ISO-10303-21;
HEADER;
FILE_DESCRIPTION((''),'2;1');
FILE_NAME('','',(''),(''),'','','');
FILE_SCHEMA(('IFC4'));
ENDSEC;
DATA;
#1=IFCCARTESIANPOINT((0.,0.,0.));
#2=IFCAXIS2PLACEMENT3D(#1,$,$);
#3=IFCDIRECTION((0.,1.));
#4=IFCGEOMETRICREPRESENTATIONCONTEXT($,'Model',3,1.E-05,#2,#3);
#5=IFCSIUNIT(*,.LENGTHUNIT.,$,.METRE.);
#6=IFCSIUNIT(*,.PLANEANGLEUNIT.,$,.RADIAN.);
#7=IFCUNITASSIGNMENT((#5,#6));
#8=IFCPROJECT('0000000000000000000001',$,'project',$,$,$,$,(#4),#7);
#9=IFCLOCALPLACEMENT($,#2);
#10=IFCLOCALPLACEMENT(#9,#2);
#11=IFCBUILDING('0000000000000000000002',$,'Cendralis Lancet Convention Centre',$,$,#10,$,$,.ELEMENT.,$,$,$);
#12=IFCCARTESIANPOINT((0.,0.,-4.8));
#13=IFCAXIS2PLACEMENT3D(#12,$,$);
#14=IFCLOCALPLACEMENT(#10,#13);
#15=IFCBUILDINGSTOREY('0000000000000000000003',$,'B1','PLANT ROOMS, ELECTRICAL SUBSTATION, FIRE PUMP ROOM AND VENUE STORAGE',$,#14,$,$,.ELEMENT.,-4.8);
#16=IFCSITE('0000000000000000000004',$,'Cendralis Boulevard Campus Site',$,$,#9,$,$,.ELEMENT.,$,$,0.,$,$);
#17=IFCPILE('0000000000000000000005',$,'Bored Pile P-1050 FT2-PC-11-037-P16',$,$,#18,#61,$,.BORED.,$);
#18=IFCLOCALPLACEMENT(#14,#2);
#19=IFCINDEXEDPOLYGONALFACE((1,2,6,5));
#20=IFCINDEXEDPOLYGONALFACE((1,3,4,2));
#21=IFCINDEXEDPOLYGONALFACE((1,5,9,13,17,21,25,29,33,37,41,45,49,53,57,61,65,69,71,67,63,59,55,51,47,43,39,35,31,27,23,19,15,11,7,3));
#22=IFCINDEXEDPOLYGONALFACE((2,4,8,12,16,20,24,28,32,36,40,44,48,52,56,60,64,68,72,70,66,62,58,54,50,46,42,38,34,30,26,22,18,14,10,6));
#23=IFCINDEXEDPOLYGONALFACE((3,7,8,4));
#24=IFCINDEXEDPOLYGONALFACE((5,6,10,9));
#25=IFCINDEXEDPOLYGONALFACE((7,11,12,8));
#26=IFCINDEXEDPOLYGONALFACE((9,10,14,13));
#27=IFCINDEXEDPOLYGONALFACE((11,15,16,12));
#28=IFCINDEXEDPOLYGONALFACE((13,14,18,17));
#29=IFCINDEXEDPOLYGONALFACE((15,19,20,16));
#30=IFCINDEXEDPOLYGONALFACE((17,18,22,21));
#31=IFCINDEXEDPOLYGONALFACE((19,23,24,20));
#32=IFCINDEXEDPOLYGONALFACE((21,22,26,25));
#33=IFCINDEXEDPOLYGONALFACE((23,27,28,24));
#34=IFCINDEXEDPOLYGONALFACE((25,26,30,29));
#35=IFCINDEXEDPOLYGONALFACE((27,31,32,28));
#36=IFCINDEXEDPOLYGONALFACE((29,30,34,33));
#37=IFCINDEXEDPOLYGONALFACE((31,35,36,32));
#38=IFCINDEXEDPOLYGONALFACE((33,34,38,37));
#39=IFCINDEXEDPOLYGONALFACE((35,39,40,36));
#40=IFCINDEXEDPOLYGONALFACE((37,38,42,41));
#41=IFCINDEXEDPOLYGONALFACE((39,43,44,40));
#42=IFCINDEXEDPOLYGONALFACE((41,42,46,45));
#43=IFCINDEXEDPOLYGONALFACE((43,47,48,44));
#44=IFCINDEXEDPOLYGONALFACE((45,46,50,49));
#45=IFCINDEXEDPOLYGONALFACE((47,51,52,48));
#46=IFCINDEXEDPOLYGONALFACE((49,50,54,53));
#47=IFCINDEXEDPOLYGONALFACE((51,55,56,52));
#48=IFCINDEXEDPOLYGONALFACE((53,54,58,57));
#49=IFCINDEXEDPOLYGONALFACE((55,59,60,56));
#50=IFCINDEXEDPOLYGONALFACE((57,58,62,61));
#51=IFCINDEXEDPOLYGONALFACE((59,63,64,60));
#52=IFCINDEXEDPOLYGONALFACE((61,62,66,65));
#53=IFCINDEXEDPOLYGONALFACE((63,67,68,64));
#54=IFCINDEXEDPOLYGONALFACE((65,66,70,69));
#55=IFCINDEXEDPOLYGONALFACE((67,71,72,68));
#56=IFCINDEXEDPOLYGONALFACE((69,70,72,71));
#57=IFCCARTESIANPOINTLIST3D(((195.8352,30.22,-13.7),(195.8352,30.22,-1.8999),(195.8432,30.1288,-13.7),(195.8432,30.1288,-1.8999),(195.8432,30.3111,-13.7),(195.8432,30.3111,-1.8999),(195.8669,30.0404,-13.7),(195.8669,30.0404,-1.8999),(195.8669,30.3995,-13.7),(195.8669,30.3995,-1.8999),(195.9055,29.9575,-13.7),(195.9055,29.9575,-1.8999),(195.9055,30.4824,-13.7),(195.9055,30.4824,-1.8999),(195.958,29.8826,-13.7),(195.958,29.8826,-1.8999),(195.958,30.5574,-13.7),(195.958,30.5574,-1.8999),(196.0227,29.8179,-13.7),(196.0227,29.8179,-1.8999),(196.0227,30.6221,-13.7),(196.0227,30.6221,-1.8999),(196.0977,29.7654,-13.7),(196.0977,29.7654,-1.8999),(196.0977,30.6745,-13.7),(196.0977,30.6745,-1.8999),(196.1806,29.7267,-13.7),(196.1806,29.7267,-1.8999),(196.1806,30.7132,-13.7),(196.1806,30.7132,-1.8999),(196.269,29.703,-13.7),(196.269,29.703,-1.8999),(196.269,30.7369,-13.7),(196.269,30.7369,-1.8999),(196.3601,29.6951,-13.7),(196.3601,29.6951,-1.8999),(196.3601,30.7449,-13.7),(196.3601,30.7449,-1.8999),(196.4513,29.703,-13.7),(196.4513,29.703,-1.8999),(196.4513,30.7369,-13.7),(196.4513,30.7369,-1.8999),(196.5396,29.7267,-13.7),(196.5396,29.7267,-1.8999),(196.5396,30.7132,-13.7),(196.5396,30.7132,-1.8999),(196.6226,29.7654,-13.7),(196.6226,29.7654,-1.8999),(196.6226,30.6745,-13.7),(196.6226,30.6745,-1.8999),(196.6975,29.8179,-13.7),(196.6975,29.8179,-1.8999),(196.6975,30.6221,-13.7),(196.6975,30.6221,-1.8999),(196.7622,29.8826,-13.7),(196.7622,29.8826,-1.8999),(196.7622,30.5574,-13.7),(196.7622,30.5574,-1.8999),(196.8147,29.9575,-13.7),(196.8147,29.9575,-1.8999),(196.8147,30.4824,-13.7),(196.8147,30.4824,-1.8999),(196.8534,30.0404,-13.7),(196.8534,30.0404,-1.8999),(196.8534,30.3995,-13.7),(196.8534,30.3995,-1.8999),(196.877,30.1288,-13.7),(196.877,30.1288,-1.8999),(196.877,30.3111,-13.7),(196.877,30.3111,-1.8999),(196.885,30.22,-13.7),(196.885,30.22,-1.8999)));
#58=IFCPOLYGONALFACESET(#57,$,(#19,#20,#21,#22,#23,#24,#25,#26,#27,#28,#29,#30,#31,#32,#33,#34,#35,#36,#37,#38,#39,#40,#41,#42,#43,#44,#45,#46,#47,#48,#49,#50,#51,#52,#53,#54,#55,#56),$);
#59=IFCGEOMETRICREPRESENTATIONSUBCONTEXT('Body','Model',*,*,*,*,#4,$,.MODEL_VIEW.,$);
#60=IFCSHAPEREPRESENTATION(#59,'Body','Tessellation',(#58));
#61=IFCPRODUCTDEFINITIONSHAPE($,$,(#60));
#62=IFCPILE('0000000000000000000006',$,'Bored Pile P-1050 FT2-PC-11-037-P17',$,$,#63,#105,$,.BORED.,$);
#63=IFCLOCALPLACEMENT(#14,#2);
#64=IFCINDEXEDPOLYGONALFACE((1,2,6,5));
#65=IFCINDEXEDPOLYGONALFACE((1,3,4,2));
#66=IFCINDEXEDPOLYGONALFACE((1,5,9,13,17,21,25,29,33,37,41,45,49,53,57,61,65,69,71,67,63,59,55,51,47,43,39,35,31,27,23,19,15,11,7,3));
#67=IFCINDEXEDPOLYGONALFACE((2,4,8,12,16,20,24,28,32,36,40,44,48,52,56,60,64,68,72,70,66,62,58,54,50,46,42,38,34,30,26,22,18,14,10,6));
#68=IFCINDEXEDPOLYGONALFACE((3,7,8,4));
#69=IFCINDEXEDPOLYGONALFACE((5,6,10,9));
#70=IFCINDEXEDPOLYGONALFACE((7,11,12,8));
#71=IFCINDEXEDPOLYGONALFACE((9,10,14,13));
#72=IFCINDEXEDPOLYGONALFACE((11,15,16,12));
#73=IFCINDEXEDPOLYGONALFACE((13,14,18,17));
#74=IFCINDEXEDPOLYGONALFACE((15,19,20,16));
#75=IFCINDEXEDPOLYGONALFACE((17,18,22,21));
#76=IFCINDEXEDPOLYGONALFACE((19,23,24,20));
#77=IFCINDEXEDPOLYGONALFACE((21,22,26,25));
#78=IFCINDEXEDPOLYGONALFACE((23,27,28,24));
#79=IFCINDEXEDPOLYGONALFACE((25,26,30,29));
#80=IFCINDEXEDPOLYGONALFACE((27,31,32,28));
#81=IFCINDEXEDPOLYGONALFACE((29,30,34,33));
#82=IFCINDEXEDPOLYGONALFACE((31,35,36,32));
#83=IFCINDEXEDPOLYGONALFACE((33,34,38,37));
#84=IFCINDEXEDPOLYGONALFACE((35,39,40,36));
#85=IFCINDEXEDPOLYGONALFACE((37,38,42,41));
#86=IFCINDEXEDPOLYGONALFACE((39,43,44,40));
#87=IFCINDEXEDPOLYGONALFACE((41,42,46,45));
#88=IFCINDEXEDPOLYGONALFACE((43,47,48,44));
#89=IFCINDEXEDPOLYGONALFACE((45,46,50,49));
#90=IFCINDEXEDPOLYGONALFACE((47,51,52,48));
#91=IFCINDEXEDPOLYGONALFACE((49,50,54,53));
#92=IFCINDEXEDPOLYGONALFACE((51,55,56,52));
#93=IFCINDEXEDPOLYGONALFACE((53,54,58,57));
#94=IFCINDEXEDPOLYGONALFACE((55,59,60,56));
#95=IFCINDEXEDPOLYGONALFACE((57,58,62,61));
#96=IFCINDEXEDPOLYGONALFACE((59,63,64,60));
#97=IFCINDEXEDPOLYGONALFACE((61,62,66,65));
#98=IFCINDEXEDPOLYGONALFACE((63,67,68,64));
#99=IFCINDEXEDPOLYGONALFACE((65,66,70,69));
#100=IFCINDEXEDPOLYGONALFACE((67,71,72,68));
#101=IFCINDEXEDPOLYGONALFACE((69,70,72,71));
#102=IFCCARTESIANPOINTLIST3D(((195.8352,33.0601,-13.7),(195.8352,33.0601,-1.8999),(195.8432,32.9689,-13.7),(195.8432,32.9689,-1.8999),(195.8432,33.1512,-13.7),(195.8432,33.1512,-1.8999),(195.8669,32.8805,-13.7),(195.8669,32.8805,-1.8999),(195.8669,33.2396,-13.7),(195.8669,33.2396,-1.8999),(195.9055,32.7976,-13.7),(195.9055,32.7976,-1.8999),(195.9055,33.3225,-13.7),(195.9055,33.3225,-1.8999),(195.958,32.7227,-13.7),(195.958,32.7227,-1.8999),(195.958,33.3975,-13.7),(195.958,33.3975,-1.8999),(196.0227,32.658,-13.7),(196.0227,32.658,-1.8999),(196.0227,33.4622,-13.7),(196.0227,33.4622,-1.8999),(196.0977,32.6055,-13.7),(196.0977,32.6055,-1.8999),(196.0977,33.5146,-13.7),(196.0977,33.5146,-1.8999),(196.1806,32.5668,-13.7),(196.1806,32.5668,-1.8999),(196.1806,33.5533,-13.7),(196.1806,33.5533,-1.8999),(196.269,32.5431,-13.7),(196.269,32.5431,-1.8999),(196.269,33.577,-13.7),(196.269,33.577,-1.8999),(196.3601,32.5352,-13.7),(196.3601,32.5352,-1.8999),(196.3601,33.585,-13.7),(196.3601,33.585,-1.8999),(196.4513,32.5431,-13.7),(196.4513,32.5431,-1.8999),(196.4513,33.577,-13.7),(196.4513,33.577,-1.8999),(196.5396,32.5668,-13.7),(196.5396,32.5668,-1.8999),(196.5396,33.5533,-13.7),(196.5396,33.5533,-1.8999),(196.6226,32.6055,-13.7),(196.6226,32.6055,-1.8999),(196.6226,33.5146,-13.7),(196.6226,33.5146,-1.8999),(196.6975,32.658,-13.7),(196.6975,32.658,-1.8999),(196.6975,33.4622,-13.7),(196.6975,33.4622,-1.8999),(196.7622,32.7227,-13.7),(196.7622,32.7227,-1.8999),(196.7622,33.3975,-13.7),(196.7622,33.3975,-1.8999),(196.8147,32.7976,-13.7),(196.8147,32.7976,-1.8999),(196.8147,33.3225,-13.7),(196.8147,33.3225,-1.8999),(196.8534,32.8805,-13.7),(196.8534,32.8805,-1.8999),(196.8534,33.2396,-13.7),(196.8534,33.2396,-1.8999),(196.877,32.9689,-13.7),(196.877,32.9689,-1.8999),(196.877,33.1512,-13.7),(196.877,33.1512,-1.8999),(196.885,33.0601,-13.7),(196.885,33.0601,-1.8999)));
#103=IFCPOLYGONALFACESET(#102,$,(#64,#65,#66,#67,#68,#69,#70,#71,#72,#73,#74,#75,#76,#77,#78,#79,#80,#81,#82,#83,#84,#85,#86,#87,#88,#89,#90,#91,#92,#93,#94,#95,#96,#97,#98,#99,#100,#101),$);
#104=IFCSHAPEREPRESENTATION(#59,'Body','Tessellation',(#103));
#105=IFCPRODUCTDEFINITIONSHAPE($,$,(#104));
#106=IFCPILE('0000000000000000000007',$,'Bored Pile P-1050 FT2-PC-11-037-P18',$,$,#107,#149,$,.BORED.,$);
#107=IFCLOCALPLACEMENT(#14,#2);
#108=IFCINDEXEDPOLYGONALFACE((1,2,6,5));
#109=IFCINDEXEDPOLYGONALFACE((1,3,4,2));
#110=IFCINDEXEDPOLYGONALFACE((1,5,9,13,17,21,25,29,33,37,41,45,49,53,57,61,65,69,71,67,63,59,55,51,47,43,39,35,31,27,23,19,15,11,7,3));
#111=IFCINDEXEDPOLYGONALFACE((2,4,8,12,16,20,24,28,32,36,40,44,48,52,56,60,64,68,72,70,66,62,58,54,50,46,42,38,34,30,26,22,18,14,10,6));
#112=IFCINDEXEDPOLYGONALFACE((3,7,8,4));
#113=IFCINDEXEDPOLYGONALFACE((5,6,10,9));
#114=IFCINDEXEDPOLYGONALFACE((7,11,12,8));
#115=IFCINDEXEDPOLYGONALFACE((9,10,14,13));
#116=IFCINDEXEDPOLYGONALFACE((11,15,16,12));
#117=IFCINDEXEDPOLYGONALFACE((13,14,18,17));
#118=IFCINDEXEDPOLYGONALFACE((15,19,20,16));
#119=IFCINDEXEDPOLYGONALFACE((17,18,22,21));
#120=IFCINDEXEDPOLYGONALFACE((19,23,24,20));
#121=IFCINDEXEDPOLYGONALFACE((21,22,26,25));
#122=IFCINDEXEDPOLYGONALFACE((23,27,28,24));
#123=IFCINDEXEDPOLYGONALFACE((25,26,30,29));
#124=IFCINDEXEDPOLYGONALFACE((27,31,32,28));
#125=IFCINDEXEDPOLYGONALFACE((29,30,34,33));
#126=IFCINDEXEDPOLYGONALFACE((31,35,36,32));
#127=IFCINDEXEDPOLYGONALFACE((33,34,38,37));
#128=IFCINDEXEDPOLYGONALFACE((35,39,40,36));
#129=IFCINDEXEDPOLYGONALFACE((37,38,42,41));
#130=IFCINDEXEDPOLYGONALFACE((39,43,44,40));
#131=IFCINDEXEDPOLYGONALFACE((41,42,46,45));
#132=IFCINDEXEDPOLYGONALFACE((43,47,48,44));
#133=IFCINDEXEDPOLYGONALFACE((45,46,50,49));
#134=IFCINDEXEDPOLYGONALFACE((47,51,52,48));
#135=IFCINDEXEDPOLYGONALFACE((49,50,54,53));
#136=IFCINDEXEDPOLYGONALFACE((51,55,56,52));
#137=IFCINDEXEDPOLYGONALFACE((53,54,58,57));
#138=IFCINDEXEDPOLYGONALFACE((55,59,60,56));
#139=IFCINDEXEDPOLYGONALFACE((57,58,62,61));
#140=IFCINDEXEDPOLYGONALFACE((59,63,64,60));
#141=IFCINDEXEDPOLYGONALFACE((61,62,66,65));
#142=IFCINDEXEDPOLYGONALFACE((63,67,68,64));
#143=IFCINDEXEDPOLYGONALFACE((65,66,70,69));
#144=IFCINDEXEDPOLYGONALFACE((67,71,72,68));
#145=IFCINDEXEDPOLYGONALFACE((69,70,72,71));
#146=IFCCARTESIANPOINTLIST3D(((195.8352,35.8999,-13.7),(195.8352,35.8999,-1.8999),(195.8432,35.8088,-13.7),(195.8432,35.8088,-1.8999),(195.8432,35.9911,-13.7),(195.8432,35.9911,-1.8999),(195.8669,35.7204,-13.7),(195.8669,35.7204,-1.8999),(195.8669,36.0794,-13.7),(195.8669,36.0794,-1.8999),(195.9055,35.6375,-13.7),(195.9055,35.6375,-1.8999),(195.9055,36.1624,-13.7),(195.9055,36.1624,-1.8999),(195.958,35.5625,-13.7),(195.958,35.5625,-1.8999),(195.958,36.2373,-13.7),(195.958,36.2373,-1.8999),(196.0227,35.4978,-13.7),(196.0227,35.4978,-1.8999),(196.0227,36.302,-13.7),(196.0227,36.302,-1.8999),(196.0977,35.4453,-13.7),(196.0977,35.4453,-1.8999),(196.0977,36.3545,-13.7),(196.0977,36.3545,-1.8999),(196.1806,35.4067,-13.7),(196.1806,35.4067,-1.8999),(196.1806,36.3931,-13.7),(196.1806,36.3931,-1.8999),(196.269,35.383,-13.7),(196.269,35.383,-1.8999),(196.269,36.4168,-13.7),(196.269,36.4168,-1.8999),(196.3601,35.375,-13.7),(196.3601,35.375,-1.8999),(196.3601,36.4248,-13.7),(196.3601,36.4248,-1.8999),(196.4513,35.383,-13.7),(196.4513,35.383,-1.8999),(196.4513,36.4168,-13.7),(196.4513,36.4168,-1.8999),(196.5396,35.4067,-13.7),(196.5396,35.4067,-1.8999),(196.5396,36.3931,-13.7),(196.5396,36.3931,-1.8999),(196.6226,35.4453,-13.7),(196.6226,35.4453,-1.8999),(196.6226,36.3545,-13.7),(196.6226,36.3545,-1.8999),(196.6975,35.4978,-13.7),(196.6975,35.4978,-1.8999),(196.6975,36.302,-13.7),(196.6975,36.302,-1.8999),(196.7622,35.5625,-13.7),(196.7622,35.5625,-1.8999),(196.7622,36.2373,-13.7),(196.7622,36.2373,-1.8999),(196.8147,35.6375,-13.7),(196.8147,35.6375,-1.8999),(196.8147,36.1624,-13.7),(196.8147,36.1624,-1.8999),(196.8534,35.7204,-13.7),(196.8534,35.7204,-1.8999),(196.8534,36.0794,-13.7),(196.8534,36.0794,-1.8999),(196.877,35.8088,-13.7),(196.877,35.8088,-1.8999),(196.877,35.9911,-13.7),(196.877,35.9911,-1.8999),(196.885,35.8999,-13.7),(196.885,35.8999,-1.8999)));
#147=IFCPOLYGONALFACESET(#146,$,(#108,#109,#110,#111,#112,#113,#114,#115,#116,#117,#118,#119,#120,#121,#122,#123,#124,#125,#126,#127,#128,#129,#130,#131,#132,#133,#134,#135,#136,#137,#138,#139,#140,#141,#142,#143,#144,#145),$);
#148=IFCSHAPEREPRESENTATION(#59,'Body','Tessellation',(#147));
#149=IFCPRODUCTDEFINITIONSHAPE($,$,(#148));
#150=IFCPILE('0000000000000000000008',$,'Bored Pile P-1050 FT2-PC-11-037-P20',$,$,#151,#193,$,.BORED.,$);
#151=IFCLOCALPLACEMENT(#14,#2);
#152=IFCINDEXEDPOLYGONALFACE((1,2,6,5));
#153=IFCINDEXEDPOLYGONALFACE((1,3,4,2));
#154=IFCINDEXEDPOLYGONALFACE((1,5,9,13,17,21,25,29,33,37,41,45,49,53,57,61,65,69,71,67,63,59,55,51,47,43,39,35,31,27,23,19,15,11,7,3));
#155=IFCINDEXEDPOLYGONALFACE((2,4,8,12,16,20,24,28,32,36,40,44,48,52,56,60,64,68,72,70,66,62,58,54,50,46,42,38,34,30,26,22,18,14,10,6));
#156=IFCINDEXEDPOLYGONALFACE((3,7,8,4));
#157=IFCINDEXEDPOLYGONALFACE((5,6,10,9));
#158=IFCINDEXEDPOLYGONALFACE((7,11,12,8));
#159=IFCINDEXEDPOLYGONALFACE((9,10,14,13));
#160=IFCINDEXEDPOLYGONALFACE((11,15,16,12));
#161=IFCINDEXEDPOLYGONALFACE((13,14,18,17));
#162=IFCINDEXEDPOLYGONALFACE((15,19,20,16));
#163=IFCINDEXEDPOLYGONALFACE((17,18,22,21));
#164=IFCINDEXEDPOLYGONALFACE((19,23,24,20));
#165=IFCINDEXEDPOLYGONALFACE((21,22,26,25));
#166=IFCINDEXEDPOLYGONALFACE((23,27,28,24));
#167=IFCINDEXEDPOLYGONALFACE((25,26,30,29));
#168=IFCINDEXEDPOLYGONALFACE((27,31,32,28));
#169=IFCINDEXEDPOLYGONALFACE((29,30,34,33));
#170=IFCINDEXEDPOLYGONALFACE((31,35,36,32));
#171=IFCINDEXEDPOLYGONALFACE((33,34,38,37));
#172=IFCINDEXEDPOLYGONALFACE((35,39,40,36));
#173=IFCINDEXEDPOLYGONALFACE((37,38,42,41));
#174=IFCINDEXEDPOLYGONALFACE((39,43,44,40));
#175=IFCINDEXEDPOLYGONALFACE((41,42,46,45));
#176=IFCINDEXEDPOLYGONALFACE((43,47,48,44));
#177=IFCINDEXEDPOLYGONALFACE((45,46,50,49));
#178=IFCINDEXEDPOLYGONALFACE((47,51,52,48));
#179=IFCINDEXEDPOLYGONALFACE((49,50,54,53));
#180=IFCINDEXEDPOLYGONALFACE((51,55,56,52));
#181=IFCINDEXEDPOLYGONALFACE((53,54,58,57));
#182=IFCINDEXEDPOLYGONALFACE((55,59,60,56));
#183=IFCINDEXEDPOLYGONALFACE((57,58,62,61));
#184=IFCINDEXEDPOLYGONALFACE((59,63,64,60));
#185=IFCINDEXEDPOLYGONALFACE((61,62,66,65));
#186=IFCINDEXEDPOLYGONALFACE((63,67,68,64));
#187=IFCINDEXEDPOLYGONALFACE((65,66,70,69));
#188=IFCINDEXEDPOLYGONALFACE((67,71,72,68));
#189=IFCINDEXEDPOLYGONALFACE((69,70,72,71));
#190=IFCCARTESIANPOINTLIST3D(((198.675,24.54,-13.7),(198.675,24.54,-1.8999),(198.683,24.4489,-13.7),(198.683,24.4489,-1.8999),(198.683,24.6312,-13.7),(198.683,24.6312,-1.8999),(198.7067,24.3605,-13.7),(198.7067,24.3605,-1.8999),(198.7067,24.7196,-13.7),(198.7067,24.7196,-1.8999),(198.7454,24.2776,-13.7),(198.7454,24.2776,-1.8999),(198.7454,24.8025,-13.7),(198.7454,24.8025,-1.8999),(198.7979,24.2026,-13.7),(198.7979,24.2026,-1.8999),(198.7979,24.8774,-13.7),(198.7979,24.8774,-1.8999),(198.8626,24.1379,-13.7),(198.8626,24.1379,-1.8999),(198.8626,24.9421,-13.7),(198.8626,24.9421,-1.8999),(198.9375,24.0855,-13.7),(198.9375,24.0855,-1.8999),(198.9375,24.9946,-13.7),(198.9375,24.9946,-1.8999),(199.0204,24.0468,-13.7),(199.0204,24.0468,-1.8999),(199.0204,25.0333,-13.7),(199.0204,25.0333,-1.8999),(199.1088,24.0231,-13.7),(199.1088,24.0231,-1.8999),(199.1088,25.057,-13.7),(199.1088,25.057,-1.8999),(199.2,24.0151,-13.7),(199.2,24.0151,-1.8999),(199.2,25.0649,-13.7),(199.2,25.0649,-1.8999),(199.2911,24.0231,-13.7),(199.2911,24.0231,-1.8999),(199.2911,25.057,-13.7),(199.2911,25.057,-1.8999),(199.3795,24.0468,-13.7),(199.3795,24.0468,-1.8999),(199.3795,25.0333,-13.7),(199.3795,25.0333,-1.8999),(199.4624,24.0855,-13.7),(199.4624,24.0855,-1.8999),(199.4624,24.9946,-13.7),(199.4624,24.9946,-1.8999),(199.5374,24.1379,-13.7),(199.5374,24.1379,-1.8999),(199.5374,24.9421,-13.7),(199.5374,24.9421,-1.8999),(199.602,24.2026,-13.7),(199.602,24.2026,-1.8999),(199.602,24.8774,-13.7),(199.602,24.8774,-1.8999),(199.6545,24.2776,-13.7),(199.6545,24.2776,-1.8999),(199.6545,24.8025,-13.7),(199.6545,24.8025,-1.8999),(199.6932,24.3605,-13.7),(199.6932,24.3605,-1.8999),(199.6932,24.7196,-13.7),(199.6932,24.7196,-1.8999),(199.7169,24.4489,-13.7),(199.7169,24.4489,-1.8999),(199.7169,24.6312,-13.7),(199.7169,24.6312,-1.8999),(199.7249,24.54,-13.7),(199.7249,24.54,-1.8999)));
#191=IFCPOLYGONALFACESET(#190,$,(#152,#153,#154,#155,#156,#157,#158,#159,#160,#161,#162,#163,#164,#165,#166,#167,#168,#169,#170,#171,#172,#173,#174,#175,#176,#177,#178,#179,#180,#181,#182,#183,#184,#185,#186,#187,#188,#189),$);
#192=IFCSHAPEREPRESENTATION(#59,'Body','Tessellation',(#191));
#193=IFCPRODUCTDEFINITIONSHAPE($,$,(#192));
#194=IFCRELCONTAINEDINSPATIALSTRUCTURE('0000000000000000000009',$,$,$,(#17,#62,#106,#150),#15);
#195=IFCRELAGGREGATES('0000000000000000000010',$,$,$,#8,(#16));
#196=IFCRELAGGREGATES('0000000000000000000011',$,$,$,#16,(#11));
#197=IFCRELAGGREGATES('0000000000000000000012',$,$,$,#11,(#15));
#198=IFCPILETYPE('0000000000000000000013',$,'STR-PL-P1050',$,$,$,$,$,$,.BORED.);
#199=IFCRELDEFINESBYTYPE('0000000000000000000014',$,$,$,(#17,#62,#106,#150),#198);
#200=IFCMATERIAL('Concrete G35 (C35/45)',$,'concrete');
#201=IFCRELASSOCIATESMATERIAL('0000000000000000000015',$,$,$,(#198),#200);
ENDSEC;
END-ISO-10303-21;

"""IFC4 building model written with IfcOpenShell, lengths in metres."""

from ifc_helpers import new_model, si_unit, direction, frame, origin, origin_2d, place, context, subcontext, project, spatial, circle, extrude, material, material_profile, profile_set, type_object, element, save


model = new_model("IFC4")

# Units and contexts
model_context = context("Model", 3, precision=1e-05, world=origin(), true_north=direction((0.0, 1.0)))
body_context = subcontext(model_context, "Body", "Model", "MODEL_VIEW")
ifc_project = project(units=[si_unit("LENGTHUNIT", "METRE"), si_unit("PLANEANGLEUNIT", "RADIAN")], contexts=[model_context])

# Site, building, storey
site_placement = place(None, origin())
site = spatial("IfcSite", under=ifc_project, at=site_placement, Name="Cendralis Boulevard Campus Site", CompositionType="ELEMENT", RefElevation=0.0)
building_placement = place(site_placement, origin())
building = spatial("IfcBuilding", under=site, at=building_placement, Name="Cendralis Lancet Convention Centre", CompositionType="ELEMENT")
storey_placement = place(building_placement, frame((0.0, 0.0, -4.8)))
storey = spatial("IfcBuildingStorey", under=building, at=storey_placement, Name="B1", Description="PLANT ROOMS, ELECTRICAL SUBSTATION, FIRE PUMP ROOM AND VENUE STORAGE", CompositionType="ELEMENT", Elevation=-4.8)

# Shared definitions
ifc_material_1 = material(Name="Concrete G35 (C35/45)", Category="concrete")

# Piles
ifc_material_profile_1 = material_profile(ifc_material_1, circle(Radius=0.5249, at=origin_2d()), Name="BORED PILE D1050")
ifc_profile_set_1 = profile_set([ifc_material_profile_1], Name="Concrete G35 (C35/45)")
pile_type = type_object("IfcPileType", Name="STR-PL-P1050", PredefinedType="BORED", material=ifc_profile_set_1)
for number, where, z_axis, x_axis, name in (
    (1, (196.3601, 30.22, -1.8999), (0.0, 0.0, -1.0), (1.0, 0.0, 0.0), "Bored Pile P-1050 FT2-PC-11-037-P16"),
    (2, (196.3601, 33.0601, -1.8999), (0.0, 0.0, -1.0), (1.0, 0.0, 0.0), "Bored Pile P-1050 FT2-PC-11-037-P17"),
    (3, (196.3601, 35.8999, -1.8999), (0.0, 0.0, -1.0), (1.0, 0.0, 0.0), "Bored Pile P-1050 FT2-PC-11-037-P18"),
    (4, (199.2, 24.54, -1.8999), (0.0, 0.0, -1.0), (1.0, 0.0, 0.0), "Bored Pile P-1050 FT2-PC-11-037-P20"),
):
    element("IfcPile", number, at=place(storey_placement, frame(where, z_axis=z_axis, x_axis=x_axis)), inside=storey, type_object=pile_type, Name=name, PredefinedType="BORED", context=body_context, shape_type="SweptSolid", body=[
        extrude(circle(Radius=0.5249, at=origin_2d()), origin(), (0.0, 0.0, 1.0), 11.8),
    ])

save(model, "model.ifc")
